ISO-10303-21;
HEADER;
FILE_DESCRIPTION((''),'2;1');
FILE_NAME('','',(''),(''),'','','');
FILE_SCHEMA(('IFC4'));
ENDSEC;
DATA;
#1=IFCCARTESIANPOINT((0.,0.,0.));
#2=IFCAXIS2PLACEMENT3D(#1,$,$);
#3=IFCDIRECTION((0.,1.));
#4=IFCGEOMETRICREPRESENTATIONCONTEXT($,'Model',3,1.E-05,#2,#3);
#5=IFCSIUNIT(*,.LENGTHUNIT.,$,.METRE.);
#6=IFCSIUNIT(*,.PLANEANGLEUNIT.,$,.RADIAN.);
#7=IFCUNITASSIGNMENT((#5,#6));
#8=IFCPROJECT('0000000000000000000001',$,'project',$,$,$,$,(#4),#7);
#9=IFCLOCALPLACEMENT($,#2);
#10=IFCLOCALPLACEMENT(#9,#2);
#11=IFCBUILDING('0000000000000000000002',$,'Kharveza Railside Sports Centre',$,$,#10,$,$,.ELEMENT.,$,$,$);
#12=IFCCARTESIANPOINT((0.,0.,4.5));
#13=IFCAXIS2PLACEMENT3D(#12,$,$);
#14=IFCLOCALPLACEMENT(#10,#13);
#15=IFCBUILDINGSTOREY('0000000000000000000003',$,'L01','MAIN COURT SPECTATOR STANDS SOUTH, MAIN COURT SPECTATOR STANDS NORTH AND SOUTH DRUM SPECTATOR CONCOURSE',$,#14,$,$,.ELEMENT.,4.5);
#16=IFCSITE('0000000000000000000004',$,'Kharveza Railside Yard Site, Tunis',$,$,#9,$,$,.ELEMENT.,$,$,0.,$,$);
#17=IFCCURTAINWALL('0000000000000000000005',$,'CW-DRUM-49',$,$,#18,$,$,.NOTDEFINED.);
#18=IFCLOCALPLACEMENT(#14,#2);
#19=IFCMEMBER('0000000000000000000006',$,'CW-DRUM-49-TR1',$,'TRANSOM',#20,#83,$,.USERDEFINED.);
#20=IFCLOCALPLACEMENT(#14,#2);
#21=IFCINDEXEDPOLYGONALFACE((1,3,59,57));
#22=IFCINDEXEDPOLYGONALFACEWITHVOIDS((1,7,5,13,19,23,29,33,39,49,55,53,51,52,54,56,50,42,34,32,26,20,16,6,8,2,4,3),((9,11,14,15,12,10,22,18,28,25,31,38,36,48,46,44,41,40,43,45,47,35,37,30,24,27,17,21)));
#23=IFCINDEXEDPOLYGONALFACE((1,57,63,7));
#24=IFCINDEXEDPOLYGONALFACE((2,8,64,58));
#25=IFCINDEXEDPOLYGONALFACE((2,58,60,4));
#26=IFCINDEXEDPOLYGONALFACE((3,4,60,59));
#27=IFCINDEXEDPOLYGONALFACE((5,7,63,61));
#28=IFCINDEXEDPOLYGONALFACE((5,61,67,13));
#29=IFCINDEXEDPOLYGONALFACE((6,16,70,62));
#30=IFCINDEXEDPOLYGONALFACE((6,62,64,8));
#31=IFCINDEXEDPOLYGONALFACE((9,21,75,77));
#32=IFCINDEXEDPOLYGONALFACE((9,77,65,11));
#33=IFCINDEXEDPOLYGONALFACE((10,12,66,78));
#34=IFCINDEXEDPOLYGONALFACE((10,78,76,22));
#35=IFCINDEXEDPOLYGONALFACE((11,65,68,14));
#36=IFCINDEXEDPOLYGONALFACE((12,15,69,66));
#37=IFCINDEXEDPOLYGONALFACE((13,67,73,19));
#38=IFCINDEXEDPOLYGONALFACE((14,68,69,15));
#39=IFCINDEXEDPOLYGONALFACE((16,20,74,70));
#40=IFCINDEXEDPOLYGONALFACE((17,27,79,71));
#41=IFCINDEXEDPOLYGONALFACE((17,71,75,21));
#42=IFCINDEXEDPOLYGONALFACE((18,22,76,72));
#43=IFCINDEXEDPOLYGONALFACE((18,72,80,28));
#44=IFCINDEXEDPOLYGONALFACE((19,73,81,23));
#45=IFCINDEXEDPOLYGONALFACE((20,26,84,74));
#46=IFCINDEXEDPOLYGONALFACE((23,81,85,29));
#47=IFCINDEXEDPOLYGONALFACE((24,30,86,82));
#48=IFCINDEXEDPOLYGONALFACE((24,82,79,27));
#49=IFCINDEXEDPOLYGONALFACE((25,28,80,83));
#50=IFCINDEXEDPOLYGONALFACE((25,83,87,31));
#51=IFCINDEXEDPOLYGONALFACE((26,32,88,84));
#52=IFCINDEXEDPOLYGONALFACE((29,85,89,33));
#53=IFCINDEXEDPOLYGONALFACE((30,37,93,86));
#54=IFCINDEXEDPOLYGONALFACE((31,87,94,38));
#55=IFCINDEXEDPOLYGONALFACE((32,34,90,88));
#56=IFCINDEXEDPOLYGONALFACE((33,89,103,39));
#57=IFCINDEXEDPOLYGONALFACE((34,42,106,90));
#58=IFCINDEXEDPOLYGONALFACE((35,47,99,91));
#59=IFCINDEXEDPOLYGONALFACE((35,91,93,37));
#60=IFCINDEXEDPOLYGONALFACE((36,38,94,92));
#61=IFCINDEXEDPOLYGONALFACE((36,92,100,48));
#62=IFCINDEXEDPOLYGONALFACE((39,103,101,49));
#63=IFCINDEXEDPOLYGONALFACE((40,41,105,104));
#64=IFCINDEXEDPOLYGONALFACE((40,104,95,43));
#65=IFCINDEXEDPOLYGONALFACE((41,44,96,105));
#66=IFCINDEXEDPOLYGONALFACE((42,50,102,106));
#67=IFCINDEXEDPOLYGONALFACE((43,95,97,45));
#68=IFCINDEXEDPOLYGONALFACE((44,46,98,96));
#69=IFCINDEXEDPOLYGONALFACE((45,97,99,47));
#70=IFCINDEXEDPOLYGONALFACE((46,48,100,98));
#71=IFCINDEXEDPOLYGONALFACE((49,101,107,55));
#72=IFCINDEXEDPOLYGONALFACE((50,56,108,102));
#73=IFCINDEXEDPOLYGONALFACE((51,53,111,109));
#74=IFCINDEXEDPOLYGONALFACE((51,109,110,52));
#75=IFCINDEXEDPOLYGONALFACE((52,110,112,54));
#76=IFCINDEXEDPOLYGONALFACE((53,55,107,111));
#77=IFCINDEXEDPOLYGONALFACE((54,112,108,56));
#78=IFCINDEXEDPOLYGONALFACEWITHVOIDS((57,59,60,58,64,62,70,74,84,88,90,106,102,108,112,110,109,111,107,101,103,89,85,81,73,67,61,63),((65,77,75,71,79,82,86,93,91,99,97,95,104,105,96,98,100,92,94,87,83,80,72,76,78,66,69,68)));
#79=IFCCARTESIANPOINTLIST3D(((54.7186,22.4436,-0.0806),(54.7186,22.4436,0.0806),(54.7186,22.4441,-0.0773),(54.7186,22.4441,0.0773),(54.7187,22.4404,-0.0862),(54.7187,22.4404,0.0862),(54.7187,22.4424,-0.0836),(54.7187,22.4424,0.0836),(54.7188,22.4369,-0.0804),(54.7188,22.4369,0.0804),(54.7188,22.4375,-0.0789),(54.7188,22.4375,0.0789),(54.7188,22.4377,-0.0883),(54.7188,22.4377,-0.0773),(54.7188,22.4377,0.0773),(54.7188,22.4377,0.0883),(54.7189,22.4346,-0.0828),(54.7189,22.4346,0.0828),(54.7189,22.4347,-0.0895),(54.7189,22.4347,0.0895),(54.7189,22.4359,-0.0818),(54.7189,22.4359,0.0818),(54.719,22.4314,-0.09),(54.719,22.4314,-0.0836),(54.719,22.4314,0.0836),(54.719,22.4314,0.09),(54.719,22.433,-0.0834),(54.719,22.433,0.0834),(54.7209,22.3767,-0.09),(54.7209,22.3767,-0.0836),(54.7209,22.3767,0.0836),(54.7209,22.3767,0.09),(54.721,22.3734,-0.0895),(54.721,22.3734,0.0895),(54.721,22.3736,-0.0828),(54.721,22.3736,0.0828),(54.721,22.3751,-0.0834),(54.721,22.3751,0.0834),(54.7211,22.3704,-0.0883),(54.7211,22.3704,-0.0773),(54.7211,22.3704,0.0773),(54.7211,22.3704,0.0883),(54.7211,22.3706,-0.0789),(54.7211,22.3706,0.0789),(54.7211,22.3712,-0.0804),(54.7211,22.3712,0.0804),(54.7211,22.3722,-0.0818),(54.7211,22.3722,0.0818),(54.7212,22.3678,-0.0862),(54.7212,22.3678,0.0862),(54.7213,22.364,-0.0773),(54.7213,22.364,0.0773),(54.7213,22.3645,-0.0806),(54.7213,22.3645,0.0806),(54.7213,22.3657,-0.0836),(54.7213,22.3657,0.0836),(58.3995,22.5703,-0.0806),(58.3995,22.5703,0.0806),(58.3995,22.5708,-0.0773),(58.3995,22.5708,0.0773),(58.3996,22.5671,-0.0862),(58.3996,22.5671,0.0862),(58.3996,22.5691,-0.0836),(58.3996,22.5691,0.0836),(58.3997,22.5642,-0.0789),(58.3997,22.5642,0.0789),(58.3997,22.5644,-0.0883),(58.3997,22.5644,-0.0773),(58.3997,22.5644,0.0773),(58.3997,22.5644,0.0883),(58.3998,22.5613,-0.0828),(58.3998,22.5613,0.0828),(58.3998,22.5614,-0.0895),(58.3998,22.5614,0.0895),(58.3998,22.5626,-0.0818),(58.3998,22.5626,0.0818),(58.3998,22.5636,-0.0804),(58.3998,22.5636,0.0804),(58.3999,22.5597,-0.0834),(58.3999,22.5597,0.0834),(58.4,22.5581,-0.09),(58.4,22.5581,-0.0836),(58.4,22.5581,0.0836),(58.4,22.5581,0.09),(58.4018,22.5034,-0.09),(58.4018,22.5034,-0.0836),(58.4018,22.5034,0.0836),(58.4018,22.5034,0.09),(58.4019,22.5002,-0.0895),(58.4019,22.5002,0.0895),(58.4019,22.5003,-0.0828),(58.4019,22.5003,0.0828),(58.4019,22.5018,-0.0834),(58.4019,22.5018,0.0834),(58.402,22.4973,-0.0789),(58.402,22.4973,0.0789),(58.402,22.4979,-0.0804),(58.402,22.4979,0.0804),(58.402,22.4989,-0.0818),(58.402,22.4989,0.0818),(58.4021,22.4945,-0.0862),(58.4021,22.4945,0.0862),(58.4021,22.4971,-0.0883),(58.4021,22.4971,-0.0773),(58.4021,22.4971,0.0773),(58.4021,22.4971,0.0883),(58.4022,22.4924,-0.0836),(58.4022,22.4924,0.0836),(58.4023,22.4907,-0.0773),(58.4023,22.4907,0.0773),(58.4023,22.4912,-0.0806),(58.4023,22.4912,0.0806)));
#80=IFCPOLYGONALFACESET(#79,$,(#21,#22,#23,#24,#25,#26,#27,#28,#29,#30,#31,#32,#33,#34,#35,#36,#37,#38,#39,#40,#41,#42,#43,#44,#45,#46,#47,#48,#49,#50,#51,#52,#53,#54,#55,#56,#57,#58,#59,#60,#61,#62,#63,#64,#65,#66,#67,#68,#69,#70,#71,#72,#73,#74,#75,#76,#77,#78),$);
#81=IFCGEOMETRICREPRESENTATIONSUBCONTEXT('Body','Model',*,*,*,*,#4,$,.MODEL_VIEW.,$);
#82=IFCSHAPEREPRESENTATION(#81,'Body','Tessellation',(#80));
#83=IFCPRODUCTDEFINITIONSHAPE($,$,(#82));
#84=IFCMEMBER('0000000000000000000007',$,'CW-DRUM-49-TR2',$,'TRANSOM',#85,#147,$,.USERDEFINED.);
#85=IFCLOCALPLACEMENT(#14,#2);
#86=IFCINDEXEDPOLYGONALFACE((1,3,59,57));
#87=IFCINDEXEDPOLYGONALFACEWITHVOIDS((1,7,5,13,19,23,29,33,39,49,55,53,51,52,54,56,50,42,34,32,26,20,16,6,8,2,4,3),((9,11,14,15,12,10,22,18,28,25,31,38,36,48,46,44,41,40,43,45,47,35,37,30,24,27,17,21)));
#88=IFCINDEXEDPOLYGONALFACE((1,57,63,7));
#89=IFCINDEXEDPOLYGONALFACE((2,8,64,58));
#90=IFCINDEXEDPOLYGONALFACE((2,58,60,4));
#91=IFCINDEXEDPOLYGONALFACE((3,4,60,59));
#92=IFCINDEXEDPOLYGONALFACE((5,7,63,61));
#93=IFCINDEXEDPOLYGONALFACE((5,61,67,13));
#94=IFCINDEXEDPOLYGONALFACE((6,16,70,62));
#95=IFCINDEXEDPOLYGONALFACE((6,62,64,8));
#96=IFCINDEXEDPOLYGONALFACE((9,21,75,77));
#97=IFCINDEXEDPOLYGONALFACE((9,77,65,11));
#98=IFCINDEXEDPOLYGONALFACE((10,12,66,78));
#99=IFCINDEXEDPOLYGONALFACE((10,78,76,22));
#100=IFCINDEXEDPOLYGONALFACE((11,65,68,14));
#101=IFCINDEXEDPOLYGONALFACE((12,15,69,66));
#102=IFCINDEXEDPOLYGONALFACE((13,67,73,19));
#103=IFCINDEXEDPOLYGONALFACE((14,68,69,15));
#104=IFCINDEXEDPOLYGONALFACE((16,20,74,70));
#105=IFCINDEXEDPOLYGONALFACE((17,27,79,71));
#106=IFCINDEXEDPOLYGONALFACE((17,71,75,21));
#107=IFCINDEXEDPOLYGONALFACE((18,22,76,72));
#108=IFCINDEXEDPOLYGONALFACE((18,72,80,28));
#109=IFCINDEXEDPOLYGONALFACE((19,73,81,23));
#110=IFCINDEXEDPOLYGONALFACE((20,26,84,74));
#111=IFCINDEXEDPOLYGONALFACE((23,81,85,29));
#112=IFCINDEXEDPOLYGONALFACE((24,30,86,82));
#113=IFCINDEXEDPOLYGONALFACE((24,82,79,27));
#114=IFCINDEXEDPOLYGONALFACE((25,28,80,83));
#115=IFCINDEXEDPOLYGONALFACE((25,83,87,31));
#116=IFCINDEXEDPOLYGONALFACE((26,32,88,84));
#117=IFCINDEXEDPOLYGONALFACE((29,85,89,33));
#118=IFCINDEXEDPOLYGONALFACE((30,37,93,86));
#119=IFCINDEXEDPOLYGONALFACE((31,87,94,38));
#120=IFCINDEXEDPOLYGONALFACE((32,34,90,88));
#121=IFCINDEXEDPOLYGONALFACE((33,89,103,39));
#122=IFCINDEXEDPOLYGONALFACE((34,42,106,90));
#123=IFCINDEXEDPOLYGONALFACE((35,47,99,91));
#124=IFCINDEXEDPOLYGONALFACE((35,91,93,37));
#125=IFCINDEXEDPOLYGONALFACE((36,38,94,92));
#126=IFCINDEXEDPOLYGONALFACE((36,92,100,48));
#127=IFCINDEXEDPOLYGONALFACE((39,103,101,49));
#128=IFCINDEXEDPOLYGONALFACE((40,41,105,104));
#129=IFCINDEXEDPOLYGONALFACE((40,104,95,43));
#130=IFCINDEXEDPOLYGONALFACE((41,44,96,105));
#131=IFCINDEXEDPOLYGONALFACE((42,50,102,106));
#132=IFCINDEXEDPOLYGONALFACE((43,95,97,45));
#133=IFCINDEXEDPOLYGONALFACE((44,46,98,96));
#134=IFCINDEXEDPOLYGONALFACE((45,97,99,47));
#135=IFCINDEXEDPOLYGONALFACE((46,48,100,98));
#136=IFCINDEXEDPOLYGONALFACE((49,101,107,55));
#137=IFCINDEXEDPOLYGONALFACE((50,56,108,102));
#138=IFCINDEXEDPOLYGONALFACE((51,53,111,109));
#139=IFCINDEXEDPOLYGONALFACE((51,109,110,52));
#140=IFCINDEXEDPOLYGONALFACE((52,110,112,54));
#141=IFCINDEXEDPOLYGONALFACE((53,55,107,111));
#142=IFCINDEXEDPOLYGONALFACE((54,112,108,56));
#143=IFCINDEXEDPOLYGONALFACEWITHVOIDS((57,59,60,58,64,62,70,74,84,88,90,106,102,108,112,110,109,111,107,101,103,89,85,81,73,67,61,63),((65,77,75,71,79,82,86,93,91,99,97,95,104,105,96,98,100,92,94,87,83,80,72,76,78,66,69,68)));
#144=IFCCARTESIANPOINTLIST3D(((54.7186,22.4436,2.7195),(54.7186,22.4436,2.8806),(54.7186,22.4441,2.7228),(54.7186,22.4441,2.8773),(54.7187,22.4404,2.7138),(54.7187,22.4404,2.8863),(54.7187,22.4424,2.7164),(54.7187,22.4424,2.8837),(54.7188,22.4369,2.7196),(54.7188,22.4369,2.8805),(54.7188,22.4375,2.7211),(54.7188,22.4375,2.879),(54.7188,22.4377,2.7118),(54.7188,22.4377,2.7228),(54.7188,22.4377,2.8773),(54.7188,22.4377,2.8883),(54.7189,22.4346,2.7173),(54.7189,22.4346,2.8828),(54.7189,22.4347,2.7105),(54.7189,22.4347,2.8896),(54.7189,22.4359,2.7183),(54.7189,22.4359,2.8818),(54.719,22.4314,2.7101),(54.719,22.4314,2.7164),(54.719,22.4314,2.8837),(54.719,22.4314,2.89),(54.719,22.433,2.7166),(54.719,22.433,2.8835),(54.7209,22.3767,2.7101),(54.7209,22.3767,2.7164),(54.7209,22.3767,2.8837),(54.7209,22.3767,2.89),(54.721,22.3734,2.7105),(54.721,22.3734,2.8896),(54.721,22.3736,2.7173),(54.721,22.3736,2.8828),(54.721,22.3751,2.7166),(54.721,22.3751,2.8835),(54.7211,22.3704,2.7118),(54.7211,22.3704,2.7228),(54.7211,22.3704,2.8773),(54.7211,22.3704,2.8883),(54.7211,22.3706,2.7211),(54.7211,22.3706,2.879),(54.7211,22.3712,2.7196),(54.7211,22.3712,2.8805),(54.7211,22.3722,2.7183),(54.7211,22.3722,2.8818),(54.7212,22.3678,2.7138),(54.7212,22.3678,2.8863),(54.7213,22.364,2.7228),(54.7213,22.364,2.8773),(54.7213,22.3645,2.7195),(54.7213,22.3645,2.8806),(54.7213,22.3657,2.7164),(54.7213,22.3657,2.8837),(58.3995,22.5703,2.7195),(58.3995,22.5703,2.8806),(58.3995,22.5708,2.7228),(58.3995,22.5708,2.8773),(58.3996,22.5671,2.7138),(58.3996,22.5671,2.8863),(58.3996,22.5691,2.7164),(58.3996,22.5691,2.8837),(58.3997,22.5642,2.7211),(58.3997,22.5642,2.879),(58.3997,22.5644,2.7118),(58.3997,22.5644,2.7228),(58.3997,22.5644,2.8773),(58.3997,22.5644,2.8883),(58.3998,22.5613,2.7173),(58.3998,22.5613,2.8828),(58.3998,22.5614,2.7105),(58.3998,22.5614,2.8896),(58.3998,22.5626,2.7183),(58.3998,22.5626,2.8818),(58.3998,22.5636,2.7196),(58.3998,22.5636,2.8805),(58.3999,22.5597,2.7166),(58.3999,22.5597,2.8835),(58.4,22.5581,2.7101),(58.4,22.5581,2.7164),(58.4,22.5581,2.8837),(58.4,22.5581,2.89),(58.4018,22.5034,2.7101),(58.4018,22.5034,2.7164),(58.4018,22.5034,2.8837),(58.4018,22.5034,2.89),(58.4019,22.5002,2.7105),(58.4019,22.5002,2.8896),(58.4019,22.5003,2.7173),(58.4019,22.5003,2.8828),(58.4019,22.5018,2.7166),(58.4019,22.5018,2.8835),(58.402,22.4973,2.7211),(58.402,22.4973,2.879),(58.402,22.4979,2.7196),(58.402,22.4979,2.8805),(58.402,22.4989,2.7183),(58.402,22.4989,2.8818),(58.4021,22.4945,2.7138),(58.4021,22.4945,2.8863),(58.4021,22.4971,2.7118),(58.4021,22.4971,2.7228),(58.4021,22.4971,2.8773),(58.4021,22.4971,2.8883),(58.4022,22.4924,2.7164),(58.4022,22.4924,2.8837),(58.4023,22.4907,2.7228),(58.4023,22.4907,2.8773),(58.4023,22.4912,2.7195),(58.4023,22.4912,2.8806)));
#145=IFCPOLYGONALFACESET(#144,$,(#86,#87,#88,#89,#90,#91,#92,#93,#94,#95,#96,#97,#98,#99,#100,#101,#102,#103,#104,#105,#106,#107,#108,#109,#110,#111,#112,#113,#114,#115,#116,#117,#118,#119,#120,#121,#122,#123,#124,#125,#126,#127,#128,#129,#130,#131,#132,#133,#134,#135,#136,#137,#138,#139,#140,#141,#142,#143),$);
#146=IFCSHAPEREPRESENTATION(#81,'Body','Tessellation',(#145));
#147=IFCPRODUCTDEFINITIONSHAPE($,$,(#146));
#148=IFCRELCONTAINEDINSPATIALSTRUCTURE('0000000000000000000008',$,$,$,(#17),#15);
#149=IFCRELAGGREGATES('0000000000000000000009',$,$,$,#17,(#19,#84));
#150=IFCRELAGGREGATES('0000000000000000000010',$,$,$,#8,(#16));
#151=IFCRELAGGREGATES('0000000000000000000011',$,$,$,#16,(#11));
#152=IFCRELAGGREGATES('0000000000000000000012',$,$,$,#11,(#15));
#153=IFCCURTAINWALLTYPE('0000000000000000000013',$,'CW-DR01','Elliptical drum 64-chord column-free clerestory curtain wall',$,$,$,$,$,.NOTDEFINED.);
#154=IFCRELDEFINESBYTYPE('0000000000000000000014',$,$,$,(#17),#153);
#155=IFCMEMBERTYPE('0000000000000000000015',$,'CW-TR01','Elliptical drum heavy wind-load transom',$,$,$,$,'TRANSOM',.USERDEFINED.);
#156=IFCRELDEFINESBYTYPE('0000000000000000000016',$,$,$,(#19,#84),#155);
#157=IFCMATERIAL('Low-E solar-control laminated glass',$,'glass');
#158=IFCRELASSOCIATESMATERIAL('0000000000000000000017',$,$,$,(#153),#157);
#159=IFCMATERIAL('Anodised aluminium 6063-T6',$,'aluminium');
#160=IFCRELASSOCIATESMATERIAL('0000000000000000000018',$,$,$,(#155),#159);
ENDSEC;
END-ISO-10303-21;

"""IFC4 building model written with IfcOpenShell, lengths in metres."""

from ifc_helpers import new_model, si_unit, direction, frame, origin, origin_2d, place, context, subcontext, project, spatial, hollow_rectangle, extrude, material, material_profile, profile_set, type_object, element, aggregate, save


model = new_model("IFC4")

# Units and contexts
model_context = context("Model", 3, precision=1e-05, world=origin(), true_north=direction((0.0, 1.0)))
body_context = subcontext(model_context, "Body", "Model", "MODEL_VIEW")
ifc_project = project(units=[si_unit("LENGTHUNIT", "METRE"), si_unit("PLANEANGLEUNIT", "RADIAN")], contexts=[model_context])

# Site, building, storey
site_placement = place(None, origin())
site = spatial("IfcSite", under=ifc_project, at=site_placement, Name="Kharveza Railside Yard Site, Tunis", CompositionType="ELEMENT", RefElevation=0.0)
building_placement = place(site_placement, origin())
building = spatial("IfcBuilding", under=site, at=building_placement, Name="Kharveza Railside Sports Centre", CompositionType="ELEMENT")
storey_placement = place(building_placement, frame((0.0, 0.0, 4.5)))
storey = spatial("IfcBuildingStorey", under=building, at=storey_placement, Name="L01", Description="MAIN COURT SPECTATOR STANDS SOUTH, MAIN COURT SPECTATOR STANDS NORTH AND SOUTH DRUM SPECTATOR CONCOURSE", CompositionType="ELEMENT", Elevation=4.5)

# Shared definitions
ifc_material_1 = material(Name="Low-E solar-control laminated glass", Category="glass")
curtain_wall_type = type_object("IfcCurtainWallType", Name="CW-DR01", Description="Elliptical drum 64-chord column-free clerestory curtain wall", PredefinedType="NOTDEFINED", material=ifc_material_1)
ifc_material_2 = material(Name="Anodised aluminium 6063-T6", Category="aluminium")

# Curtain wall
curtain_wall_1_placement = place(storey_placement, origin())
curtain_wall_1 = element("IfcCurtainWall", 1, at=curtain_wall_1_placement, inside=storey, type_object=curtain_wall_type, Name="CW-DRUM-49", PredefinedType="NOTDEFINED")

# Members
ifc_material_profile_1 = material_profile(ifc_material_2, hollow_rectangle(XDim=0.0801, YDim=0.1799, WallThickness=0.0063, InnerFilletRadius=0.0063, OuterFilletRadius=0.0127, at=origin_2d()), Name="RHS 80x180x6.3")
ifc_profile_set_1 = profile_set([ifc_material_profile_1], Name="Anodised aluminium 6063-T6")
member_type_1 = type_object("IfcMemberType", Name="CW-TR01", Description="Elliptical drum heavy wind-load transom", ElementType="TRANSOM", PredefinedType="USERDEFINED", material=ifc_profile_set_1)
member_1_placement = place(storey_placement, frame((54.72, 22.4041, 0.0), z_axis=(0.999408, 0.034403, 0.0), x_axis=(-0.034403, 0.999408, 0.0)))
member_1 = element("IfcMember", 2, at=member_1_placement, type_object=member_type_1, Name="CW-DRUM-49-TR1", ObjectType="TRANSOM", PredefinedType="USERDEFINED", context=body_context, shape_type="SweptSolid", body=[
    extrude(hollow_rectangle(XDim=0.0801, YDim=0.1799, WallThickness=0.0063, InnerFilletRadius=0.0063, OuterFilletRadius=0.0127, at=origin_2d()), origin(), (0.0, 0.0, 1.0), 3.6831),
])
member_2_placement = place(storey_placement, frame((54.72, 22.4041, 2.8), z_axis=(0.999408, 0.034403, 0.0), x_axis=(-0.034403, 0.999408, 0.0)))
member_2 = element("IfcMember", 3, at=member_2_placement, type_object=member_type_1, Name="CW-DRUM-49-TR2", ObjectType="TRANSOM", PredefinedType="USERDEFINED", context=body_context, shape_type="SweptSolid", body=[
    extrude(hollow_rectangle(XDim=0.0801, YDim=0.1799, WallThickness=0.0063, InnerFilletRadius=0.0063, OuterFilletRadius=0.0127, at=origin_2d()), origin(), (0.0, 0.0, 1.0), 3.6831),
])

aggregate(curtain_wall_1, [member_1, member_2])

save(model, "model.ifc")
